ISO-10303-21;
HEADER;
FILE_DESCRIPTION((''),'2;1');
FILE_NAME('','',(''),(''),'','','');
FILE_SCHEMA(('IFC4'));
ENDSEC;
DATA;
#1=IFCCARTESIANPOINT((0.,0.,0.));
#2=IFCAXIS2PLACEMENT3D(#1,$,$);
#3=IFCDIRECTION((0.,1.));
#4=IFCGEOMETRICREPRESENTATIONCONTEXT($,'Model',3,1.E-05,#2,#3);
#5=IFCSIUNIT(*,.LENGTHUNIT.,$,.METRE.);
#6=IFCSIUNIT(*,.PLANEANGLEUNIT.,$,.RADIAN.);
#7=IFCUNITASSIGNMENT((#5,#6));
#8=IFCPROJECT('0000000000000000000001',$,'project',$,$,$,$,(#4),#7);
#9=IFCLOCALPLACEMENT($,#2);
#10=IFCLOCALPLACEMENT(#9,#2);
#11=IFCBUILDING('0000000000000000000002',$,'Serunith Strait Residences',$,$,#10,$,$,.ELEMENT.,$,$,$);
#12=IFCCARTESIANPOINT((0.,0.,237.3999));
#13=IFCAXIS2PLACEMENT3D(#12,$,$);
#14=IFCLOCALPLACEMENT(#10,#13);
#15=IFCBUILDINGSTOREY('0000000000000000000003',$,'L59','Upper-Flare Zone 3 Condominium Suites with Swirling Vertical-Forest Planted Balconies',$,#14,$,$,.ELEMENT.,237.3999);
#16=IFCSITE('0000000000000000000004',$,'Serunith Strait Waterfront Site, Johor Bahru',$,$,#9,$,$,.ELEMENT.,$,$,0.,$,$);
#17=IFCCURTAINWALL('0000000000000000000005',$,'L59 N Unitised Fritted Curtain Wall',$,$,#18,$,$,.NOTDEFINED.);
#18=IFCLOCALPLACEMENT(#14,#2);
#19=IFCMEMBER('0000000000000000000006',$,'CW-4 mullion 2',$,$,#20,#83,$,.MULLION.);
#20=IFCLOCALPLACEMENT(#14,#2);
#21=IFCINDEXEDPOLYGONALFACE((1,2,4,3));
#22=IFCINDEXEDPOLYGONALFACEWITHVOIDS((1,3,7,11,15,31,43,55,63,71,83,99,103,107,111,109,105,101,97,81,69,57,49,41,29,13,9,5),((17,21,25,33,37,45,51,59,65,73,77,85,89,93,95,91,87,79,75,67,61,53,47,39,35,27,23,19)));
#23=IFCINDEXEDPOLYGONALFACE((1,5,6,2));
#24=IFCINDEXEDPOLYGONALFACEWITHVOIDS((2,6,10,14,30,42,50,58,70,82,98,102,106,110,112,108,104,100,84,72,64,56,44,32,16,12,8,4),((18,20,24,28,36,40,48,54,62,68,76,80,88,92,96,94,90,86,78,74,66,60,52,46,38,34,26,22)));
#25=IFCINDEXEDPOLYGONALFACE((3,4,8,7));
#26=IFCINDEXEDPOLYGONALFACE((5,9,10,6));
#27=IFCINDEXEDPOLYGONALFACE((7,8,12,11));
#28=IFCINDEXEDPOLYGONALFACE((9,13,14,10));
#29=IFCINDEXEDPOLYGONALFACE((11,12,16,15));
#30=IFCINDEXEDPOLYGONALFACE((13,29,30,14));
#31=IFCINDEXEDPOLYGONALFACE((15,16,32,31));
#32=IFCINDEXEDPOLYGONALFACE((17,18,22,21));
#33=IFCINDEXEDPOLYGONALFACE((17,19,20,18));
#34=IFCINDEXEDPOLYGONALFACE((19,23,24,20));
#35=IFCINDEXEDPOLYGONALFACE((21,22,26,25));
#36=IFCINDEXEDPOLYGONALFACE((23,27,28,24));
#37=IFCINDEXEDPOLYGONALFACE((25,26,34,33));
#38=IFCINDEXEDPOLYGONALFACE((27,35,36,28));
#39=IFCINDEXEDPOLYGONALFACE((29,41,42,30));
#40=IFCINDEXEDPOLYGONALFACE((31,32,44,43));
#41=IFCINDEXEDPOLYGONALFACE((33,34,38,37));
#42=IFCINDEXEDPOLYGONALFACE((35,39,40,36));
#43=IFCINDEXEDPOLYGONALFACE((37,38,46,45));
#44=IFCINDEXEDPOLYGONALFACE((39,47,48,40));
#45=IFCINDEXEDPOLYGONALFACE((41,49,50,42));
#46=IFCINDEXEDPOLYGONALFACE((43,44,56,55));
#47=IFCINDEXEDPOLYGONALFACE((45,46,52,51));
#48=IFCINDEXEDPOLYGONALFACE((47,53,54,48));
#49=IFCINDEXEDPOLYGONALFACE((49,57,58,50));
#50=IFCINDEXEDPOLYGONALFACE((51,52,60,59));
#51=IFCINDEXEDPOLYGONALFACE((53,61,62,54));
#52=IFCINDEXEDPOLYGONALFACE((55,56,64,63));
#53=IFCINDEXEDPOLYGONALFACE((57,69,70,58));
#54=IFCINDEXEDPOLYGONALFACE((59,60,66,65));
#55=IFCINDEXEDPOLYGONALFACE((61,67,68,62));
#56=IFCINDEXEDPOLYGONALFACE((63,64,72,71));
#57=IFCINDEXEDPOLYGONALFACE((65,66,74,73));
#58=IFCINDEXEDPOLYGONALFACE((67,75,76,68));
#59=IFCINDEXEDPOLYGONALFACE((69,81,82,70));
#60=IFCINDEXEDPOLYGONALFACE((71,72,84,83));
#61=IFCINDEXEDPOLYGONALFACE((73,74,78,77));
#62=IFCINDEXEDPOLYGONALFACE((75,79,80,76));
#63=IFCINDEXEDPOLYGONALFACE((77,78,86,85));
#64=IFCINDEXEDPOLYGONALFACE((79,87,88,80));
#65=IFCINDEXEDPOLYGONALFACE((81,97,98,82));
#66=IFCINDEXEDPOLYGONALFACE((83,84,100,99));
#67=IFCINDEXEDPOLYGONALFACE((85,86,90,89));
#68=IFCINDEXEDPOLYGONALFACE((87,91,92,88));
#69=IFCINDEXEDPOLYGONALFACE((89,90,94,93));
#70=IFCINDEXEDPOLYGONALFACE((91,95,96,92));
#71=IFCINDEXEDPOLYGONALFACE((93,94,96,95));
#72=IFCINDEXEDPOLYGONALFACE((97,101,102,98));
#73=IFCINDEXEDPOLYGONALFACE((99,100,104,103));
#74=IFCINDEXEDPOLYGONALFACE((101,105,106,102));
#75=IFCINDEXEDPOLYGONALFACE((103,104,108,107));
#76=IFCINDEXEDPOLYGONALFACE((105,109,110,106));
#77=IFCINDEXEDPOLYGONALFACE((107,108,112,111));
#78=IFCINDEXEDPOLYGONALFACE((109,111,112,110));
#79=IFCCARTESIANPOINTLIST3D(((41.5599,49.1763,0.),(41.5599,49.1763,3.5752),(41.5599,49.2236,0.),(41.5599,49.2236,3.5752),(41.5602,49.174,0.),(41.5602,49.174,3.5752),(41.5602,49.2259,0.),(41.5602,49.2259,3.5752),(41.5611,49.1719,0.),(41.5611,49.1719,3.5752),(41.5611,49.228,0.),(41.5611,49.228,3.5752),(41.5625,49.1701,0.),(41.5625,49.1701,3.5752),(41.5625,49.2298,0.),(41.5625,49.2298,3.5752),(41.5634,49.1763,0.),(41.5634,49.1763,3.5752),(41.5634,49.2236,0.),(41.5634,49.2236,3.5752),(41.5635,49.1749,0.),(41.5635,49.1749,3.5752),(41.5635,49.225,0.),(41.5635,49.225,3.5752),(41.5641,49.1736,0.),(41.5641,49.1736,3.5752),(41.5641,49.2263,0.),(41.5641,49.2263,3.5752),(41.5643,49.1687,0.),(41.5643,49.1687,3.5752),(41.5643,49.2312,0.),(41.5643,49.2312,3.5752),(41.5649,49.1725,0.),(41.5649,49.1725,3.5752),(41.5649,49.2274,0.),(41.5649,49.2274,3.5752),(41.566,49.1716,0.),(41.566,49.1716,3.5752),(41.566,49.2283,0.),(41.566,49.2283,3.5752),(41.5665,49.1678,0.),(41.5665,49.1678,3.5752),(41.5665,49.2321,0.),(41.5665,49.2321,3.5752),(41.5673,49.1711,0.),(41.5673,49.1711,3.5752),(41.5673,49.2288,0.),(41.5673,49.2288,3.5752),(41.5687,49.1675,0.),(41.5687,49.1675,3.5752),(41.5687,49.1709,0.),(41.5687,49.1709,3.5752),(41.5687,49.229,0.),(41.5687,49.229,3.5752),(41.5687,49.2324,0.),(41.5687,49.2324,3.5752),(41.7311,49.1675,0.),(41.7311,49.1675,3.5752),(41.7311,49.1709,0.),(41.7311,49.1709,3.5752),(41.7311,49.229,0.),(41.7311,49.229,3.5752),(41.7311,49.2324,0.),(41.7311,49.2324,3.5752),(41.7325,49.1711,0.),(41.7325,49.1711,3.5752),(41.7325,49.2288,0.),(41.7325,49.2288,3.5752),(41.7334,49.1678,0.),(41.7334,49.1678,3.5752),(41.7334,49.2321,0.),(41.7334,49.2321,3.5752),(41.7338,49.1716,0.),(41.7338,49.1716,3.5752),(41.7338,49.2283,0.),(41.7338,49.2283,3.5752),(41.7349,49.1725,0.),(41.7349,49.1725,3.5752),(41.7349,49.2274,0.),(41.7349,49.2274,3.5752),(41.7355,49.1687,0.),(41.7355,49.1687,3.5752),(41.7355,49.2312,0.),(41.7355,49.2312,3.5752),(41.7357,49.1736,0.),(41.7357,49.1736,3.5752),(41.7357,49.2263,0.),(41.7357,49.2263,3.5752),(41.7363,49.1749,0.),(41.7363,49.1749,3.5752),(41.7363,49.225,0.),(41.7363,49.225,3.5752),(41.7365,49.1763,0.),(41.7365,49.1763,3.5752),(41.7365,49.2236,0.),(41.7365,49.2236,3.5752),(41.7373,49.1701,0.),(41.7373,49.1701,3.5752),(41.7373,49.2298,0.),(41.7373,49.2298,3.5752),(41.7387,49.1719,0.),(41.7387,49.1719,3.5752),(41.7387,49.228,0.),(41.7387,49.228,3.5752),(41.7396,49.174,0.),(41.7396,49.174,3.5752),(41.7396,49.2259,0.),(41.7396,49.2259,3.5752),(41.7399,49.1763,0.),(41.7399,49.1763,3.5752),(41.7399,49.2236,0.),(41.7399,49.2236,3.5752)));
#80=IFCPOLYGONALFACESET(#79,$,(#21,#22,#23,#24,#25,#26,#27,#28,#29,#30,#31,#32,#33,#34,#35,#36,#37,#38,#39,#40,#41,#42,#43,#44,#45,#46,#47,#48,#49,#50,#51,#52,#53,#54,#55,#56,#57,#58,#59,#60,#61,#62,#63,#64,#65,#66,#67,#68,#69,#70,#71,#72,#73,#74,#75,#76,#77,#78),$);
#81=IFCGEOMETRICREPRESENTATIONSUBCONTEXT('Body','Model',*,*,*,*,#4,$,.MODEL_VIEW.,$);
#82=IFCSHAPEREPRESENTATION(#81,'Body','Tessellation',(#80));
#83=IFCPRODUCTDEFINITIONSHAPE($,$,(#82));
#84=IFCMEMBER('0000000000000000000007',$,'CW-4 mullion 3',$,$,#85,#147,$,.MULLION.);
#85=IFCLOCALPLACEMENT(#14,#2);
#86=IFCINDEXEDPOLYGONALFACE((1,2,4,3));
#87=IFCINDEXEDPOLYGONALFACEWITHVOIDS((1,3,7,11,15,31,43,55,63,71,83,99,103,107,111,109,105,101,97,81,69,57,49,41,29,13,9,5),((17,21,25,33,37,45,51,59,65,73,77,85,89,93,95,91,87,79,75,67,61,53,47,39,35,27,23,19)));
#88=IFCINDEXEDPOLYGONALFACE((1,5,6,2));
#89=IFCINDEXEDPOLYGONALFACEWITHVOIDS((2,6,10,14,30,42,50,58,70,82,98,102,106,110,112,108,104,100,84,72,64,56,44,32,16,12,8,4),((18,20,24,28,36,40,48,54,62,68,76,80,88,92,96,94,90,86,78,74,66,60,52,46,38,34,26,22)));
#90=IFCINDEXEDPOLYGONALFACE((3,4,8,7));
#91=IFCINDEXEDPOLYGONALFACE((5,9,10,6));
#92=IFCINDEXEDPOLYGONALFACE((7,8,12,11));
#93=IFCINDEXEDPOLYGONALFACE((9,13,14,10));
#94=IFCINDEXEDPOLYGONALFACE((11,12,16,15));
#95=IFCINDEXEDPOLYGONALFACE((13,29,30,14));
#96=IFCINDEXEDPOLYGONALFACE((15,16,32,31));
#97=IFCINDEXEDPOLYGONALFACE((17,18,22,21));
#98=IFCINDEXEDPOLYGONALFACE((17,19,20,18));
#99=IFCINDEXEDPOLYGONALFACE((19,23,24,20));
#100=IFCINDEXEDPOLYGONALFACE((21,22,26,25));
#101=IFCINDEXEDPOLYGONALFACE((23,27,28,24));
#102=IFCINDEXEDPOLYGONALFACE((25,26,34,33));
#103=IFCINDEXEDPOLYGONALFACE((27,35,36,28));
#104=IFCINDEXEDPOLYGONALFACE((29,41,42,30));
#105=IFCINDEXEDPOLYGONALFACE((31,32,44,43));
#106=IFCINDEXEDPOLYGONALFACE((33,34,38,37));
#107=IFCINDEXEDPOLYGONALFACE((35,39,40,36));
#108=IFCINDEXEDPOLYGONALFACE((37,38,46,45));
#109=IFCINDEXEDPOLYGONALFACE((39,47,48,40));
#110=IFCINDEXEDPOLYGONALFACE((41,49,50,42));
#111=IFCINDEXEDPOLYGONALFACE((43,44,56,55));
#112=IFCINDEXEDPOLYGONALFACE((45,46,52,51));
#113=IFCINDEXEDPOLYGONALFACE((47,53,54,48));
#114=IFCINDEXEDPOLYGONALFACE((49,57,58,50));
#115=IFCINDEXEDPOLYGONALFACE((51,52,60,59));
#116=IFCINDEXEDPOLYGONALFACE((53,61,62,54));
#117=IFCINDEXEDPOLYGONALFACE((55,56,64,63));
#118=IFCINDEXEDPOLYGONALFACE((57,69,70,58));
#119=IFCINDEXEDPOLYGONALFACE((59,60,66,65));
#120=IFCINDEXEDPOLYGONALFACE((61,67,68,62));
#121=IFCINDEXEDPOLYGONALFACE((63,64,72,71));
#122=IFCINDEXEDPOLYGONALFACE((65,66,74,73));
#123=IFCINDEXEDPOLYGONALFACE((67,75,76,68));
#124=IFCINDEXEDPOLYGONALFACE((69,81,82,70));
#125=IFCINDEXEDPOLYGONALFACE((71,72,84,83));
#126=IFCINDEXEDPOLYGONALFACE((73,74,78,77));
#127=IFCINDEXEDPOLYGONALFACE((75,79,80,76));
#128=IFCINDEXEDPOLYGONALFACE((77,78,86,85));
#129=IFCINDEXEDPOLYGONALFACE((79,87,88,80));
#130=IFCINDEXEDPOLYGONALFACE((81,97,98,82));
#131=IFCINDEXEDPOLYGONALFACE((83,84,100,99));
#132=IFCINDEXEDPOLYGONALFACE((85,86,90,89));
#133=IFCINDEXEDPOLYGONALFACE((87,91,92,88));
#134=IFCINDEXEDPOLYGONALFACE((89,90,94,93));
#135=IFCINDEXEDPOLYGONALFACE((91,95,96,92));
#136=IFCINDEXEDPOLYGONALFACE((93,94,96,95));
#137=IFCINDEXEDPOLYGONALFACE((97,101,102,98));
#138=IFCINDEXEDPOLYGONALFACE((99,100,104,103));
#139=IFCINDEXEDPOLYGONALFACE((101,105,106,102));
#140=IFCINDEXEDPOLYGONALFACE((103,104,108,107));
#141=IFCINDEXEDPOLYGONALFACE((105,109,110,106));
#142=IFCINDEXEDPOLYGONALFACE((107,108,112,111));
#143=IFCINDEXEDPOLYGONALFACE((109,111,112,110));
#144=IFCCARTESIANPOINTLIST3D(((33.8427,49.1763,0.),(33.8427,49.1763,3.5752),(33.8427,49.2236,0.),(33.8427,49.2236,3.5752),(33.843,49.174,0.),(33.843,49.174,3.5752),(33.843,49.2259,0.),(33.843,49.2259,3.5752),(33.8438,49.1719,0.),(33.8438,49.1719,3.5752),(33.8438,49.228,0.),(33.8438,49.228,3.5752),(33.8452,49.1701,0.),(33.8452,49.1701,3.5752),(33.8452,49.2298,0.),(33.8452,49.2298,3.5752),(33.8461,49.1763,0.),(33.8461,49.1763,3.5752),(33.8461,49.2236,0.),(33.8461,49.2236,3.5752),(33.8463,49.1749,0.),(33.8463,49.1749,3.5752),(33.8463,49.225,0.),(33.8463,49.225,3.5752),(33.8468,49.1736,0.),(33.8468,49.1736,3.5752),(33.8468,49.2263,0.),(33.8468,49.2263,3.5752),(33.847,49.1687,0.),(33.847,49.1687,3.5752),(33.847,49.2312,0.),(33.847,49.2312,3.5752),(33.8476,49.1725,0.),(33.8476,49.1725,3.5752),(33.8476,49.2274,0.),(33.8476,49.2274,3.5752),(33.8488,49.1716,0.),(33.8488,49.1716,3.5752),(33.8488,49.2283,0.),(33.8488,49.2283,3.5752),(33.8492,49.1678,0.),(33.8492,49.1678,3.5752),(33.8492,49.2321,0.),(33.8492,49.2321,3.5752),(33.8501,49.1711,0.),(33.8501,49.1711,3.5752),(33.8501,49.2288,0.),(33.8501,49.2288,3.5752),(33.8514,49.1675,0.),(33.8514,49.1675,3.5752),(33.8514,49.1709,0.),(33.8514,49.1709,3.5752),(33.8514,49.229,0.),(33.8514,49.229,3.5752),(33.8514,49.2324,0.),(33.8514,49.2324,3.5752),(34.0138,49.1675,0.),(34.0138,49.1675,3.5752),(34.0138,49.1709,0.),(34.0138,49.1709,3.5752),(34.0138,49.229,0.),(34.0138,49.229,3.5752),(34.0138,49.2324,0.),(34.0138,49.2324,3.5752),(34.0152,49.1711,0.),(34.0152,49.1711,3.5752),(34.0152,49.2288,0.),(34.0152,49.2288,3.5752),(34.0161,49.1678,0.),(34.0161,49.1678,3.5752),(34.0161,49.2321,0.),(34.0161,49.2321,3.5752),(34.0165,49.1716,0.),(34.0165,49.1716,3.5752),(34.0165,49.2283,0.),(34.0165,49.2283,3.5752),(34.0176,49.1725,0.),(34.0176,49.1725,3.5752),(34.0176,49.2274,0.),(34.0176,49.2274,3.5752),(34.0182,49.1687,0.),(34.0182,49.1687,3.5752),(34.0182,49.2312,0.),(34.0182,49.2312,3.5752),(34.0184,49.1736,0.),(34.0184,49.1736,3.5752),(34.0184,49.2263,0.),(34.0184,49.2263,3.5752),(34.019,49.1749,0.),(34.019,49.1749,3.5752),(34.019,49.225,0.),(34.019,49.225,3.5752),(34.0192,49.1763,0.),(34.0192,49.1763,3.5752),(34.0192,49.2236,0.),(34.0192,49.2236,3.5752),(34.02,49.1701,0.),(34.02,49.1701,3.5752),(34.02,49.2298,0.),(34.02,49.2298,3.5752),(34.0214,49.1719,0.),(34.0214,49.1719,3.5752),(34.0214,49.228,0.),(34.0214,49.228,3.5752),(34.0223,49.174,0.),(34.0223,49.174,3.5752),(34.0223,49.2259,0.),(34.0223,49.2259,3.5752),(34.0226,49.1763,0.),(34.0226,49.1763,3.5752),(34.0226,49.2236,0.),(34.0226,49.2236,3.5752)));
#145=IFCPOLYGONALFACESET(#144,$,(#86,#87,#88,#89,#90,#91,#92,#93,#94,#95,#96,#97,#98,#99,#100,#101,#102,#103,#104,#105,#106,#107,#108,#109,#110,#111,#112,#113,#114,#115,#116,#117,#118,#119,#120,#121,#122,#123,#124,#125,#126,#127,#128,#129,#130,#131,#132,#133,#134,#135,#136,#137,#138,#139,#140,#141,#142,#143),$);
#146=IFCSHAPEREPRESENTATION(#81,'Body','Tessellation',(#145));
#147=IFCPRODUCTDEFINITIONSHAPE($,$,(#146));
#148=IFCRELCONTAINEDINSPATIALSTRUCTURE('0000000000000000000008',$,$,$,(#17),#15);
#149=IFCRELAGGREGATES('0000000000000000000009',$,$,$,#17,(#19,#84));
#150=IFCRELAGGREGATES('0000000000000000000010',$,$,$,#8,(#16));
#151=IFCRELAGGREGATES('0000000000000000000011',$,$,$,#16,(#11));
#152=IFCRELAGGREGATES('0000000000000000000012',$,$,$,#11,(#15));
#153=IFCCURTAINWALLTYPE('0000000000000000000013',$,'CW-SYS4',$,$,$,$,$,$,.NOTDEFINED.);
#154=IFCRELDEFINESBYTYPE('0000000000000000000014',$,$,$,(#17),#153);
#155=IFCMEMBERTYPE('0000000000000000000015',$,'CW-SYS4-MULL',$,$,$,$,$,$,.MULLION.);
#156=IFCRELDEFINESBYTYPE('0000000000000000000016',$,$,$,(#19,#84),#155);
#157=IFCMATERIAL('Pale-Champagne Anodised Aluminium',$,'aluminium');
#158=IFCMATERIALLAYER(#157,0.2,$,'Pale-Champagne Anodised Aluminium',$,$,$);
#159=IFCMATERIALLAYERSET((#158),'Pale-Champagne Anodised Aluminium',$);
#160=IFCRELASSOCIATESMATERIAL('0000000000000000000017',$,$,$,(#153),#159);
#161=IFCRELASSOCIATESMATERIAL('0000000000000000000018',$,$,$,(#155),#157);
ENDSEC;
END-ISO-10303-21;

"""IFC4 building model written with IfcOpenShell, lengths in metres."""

from ifc_helpers import new_model, si_unit, direction, frame, origin, origin_2d, place, context, subcontext, project, spatial, hollow_rectangle, extrude, source, transform, mapped, material, layer, layer_set, material_profile, profile_set, type_object, element, aggregate, save


model = new_model("IFC4")

# Units and contexts
model_context = context("Model", 3, precision=1e-05, world=origin(), true_north=direction((0.0, 1.0)))
body_context = subcontext(model_context, "Body", "Model", "MODEL_VIEW")
ifc_project = project(units=[si_unit("LENGTHUNIT", "METRE"), si_unit("PLANEANGLEUNIT", "RADIAN")], contexts=[model_context])

# Site, building, storey
site_placement = place(None, origin())
site = spatial("IfcSite", under=ifc_project, at=site_placement, Name="Serunith Strait Waterfront Site, Johor Bahru", CompositionType="ELEMENT", RefElevation=0.0)
building_placement = place(site_placement, origin())
building = spatial("IfcBuilding", under=site, at=building_placement, Name="Serunith Strait Residences", CompositionType="ELEMENT")
storey_placement = place(building_placement, frame((0.0, 0.0, 237.3999)))
storey = spatial("IfcBuildingStorey", under=building, at=storey_placement, Name="L59", Description="Upper-Flare Zone 3 Condominium Suites with Swirling Vertical-Forest Planted Balconies", CompositionType="ELEMENT", Elevation=237.3999)

# Curtain wall
ifc_material_1 = material(Name="Pale-Champagne Anodised Aluminium", Category="aluminium")
ifc_layer_1 = layer(ifc_material_1, 0.2, Name="Pale-Champagne Anodised Aluminium")
ifc_layer_set_1 = layer_set([ifc_layer_1], Name="Pale-Champagne Anodised Aluminium")
curtain_wall_type = type_object("IfcCurtainWallType", Name="CW-SYS4", PredefinedType="NOTDEFINED", material=ifc_layer_set_1)
curtain_wall_1_placement = place(storey_placement, origin())
curtain_wall_1 = element("IfcCurtainWall", 1, at=curtain_wall_1_placement, inside=storey, type_object=curtain_wall_type, Name="L59 N Unitised Fritted Curtain Wall", PredefinedType="NOTDEFINED")

# Members
ifc_material_profile_1 = material_profile(ifc_material_1, hollow_rectangle(XDim=0.0649, YDim=0.1799, WallThickness=0.0034, InnerFilletRadius=0.0054, OuterFilletRadius=0.0088, at=origin_2d()), Name="ALU 180x65x3.5")
ifc_profile_set_1 = profile_set([ifc_material_profile_1], Name="Pale-Champagne Anodised Aluminium")
member_type_1 = type_object("IfcMemberType", Name="CW-SYS4-MULL", PredefinedType="MULLION", material=ifc_profile_set_1)
shared_shape_1 = source(origin(), body_context, "Body", "SweptSolid", [
    extrude(hollow_rectangle(XDim=0.0649, YDim=0.1799, WallThickness=0.0034, InnerFilletRadius=0.0054, OuterFilletRadius=0.0088, at=origin_2d()), origin(), (0.0, 0.0, 1.0), 3.5752),
])
member_1_placement = place(storey_placement, frame((41.6499, 49.2, 0.0), z_axis=(0.0, 0.0, 1.0), x_axis=(0.0, -1.0, 0.0)))
member_1 = element("IfcMember", 2, at=member_1_placement, type_object=member_type_1, Name="CW-4 mullion 2", PredefinedType="MULLION", context=body_context, shape_type="MappedRepresentation", body=[
    mapped(shared_shape_1, transform((0.0, 0.0, 0.0), scale=1.0)),
])
member_2_placement = place(storey_placement, frame((33.9326, 49.2, 0.0), z_axis=(0.0, 0.0, 1.0), x_axis=(0.0, -1.0, 0.0)))
member_2 = element("IfcMember", 3, at=member_2_placement, type_object=member_type_1, Name="CW-4 mullion 3", PredefinedType="MULLION", context=body_context, shape_type="MappedRepresentation", body=[
    mapped(shared_shape_1, transform((0.0, 0.0, 0.0), scale=1.0)),
])

aggregate(curtain_wall_1, [member_1, member_2])

save(model, "model.ifc")
